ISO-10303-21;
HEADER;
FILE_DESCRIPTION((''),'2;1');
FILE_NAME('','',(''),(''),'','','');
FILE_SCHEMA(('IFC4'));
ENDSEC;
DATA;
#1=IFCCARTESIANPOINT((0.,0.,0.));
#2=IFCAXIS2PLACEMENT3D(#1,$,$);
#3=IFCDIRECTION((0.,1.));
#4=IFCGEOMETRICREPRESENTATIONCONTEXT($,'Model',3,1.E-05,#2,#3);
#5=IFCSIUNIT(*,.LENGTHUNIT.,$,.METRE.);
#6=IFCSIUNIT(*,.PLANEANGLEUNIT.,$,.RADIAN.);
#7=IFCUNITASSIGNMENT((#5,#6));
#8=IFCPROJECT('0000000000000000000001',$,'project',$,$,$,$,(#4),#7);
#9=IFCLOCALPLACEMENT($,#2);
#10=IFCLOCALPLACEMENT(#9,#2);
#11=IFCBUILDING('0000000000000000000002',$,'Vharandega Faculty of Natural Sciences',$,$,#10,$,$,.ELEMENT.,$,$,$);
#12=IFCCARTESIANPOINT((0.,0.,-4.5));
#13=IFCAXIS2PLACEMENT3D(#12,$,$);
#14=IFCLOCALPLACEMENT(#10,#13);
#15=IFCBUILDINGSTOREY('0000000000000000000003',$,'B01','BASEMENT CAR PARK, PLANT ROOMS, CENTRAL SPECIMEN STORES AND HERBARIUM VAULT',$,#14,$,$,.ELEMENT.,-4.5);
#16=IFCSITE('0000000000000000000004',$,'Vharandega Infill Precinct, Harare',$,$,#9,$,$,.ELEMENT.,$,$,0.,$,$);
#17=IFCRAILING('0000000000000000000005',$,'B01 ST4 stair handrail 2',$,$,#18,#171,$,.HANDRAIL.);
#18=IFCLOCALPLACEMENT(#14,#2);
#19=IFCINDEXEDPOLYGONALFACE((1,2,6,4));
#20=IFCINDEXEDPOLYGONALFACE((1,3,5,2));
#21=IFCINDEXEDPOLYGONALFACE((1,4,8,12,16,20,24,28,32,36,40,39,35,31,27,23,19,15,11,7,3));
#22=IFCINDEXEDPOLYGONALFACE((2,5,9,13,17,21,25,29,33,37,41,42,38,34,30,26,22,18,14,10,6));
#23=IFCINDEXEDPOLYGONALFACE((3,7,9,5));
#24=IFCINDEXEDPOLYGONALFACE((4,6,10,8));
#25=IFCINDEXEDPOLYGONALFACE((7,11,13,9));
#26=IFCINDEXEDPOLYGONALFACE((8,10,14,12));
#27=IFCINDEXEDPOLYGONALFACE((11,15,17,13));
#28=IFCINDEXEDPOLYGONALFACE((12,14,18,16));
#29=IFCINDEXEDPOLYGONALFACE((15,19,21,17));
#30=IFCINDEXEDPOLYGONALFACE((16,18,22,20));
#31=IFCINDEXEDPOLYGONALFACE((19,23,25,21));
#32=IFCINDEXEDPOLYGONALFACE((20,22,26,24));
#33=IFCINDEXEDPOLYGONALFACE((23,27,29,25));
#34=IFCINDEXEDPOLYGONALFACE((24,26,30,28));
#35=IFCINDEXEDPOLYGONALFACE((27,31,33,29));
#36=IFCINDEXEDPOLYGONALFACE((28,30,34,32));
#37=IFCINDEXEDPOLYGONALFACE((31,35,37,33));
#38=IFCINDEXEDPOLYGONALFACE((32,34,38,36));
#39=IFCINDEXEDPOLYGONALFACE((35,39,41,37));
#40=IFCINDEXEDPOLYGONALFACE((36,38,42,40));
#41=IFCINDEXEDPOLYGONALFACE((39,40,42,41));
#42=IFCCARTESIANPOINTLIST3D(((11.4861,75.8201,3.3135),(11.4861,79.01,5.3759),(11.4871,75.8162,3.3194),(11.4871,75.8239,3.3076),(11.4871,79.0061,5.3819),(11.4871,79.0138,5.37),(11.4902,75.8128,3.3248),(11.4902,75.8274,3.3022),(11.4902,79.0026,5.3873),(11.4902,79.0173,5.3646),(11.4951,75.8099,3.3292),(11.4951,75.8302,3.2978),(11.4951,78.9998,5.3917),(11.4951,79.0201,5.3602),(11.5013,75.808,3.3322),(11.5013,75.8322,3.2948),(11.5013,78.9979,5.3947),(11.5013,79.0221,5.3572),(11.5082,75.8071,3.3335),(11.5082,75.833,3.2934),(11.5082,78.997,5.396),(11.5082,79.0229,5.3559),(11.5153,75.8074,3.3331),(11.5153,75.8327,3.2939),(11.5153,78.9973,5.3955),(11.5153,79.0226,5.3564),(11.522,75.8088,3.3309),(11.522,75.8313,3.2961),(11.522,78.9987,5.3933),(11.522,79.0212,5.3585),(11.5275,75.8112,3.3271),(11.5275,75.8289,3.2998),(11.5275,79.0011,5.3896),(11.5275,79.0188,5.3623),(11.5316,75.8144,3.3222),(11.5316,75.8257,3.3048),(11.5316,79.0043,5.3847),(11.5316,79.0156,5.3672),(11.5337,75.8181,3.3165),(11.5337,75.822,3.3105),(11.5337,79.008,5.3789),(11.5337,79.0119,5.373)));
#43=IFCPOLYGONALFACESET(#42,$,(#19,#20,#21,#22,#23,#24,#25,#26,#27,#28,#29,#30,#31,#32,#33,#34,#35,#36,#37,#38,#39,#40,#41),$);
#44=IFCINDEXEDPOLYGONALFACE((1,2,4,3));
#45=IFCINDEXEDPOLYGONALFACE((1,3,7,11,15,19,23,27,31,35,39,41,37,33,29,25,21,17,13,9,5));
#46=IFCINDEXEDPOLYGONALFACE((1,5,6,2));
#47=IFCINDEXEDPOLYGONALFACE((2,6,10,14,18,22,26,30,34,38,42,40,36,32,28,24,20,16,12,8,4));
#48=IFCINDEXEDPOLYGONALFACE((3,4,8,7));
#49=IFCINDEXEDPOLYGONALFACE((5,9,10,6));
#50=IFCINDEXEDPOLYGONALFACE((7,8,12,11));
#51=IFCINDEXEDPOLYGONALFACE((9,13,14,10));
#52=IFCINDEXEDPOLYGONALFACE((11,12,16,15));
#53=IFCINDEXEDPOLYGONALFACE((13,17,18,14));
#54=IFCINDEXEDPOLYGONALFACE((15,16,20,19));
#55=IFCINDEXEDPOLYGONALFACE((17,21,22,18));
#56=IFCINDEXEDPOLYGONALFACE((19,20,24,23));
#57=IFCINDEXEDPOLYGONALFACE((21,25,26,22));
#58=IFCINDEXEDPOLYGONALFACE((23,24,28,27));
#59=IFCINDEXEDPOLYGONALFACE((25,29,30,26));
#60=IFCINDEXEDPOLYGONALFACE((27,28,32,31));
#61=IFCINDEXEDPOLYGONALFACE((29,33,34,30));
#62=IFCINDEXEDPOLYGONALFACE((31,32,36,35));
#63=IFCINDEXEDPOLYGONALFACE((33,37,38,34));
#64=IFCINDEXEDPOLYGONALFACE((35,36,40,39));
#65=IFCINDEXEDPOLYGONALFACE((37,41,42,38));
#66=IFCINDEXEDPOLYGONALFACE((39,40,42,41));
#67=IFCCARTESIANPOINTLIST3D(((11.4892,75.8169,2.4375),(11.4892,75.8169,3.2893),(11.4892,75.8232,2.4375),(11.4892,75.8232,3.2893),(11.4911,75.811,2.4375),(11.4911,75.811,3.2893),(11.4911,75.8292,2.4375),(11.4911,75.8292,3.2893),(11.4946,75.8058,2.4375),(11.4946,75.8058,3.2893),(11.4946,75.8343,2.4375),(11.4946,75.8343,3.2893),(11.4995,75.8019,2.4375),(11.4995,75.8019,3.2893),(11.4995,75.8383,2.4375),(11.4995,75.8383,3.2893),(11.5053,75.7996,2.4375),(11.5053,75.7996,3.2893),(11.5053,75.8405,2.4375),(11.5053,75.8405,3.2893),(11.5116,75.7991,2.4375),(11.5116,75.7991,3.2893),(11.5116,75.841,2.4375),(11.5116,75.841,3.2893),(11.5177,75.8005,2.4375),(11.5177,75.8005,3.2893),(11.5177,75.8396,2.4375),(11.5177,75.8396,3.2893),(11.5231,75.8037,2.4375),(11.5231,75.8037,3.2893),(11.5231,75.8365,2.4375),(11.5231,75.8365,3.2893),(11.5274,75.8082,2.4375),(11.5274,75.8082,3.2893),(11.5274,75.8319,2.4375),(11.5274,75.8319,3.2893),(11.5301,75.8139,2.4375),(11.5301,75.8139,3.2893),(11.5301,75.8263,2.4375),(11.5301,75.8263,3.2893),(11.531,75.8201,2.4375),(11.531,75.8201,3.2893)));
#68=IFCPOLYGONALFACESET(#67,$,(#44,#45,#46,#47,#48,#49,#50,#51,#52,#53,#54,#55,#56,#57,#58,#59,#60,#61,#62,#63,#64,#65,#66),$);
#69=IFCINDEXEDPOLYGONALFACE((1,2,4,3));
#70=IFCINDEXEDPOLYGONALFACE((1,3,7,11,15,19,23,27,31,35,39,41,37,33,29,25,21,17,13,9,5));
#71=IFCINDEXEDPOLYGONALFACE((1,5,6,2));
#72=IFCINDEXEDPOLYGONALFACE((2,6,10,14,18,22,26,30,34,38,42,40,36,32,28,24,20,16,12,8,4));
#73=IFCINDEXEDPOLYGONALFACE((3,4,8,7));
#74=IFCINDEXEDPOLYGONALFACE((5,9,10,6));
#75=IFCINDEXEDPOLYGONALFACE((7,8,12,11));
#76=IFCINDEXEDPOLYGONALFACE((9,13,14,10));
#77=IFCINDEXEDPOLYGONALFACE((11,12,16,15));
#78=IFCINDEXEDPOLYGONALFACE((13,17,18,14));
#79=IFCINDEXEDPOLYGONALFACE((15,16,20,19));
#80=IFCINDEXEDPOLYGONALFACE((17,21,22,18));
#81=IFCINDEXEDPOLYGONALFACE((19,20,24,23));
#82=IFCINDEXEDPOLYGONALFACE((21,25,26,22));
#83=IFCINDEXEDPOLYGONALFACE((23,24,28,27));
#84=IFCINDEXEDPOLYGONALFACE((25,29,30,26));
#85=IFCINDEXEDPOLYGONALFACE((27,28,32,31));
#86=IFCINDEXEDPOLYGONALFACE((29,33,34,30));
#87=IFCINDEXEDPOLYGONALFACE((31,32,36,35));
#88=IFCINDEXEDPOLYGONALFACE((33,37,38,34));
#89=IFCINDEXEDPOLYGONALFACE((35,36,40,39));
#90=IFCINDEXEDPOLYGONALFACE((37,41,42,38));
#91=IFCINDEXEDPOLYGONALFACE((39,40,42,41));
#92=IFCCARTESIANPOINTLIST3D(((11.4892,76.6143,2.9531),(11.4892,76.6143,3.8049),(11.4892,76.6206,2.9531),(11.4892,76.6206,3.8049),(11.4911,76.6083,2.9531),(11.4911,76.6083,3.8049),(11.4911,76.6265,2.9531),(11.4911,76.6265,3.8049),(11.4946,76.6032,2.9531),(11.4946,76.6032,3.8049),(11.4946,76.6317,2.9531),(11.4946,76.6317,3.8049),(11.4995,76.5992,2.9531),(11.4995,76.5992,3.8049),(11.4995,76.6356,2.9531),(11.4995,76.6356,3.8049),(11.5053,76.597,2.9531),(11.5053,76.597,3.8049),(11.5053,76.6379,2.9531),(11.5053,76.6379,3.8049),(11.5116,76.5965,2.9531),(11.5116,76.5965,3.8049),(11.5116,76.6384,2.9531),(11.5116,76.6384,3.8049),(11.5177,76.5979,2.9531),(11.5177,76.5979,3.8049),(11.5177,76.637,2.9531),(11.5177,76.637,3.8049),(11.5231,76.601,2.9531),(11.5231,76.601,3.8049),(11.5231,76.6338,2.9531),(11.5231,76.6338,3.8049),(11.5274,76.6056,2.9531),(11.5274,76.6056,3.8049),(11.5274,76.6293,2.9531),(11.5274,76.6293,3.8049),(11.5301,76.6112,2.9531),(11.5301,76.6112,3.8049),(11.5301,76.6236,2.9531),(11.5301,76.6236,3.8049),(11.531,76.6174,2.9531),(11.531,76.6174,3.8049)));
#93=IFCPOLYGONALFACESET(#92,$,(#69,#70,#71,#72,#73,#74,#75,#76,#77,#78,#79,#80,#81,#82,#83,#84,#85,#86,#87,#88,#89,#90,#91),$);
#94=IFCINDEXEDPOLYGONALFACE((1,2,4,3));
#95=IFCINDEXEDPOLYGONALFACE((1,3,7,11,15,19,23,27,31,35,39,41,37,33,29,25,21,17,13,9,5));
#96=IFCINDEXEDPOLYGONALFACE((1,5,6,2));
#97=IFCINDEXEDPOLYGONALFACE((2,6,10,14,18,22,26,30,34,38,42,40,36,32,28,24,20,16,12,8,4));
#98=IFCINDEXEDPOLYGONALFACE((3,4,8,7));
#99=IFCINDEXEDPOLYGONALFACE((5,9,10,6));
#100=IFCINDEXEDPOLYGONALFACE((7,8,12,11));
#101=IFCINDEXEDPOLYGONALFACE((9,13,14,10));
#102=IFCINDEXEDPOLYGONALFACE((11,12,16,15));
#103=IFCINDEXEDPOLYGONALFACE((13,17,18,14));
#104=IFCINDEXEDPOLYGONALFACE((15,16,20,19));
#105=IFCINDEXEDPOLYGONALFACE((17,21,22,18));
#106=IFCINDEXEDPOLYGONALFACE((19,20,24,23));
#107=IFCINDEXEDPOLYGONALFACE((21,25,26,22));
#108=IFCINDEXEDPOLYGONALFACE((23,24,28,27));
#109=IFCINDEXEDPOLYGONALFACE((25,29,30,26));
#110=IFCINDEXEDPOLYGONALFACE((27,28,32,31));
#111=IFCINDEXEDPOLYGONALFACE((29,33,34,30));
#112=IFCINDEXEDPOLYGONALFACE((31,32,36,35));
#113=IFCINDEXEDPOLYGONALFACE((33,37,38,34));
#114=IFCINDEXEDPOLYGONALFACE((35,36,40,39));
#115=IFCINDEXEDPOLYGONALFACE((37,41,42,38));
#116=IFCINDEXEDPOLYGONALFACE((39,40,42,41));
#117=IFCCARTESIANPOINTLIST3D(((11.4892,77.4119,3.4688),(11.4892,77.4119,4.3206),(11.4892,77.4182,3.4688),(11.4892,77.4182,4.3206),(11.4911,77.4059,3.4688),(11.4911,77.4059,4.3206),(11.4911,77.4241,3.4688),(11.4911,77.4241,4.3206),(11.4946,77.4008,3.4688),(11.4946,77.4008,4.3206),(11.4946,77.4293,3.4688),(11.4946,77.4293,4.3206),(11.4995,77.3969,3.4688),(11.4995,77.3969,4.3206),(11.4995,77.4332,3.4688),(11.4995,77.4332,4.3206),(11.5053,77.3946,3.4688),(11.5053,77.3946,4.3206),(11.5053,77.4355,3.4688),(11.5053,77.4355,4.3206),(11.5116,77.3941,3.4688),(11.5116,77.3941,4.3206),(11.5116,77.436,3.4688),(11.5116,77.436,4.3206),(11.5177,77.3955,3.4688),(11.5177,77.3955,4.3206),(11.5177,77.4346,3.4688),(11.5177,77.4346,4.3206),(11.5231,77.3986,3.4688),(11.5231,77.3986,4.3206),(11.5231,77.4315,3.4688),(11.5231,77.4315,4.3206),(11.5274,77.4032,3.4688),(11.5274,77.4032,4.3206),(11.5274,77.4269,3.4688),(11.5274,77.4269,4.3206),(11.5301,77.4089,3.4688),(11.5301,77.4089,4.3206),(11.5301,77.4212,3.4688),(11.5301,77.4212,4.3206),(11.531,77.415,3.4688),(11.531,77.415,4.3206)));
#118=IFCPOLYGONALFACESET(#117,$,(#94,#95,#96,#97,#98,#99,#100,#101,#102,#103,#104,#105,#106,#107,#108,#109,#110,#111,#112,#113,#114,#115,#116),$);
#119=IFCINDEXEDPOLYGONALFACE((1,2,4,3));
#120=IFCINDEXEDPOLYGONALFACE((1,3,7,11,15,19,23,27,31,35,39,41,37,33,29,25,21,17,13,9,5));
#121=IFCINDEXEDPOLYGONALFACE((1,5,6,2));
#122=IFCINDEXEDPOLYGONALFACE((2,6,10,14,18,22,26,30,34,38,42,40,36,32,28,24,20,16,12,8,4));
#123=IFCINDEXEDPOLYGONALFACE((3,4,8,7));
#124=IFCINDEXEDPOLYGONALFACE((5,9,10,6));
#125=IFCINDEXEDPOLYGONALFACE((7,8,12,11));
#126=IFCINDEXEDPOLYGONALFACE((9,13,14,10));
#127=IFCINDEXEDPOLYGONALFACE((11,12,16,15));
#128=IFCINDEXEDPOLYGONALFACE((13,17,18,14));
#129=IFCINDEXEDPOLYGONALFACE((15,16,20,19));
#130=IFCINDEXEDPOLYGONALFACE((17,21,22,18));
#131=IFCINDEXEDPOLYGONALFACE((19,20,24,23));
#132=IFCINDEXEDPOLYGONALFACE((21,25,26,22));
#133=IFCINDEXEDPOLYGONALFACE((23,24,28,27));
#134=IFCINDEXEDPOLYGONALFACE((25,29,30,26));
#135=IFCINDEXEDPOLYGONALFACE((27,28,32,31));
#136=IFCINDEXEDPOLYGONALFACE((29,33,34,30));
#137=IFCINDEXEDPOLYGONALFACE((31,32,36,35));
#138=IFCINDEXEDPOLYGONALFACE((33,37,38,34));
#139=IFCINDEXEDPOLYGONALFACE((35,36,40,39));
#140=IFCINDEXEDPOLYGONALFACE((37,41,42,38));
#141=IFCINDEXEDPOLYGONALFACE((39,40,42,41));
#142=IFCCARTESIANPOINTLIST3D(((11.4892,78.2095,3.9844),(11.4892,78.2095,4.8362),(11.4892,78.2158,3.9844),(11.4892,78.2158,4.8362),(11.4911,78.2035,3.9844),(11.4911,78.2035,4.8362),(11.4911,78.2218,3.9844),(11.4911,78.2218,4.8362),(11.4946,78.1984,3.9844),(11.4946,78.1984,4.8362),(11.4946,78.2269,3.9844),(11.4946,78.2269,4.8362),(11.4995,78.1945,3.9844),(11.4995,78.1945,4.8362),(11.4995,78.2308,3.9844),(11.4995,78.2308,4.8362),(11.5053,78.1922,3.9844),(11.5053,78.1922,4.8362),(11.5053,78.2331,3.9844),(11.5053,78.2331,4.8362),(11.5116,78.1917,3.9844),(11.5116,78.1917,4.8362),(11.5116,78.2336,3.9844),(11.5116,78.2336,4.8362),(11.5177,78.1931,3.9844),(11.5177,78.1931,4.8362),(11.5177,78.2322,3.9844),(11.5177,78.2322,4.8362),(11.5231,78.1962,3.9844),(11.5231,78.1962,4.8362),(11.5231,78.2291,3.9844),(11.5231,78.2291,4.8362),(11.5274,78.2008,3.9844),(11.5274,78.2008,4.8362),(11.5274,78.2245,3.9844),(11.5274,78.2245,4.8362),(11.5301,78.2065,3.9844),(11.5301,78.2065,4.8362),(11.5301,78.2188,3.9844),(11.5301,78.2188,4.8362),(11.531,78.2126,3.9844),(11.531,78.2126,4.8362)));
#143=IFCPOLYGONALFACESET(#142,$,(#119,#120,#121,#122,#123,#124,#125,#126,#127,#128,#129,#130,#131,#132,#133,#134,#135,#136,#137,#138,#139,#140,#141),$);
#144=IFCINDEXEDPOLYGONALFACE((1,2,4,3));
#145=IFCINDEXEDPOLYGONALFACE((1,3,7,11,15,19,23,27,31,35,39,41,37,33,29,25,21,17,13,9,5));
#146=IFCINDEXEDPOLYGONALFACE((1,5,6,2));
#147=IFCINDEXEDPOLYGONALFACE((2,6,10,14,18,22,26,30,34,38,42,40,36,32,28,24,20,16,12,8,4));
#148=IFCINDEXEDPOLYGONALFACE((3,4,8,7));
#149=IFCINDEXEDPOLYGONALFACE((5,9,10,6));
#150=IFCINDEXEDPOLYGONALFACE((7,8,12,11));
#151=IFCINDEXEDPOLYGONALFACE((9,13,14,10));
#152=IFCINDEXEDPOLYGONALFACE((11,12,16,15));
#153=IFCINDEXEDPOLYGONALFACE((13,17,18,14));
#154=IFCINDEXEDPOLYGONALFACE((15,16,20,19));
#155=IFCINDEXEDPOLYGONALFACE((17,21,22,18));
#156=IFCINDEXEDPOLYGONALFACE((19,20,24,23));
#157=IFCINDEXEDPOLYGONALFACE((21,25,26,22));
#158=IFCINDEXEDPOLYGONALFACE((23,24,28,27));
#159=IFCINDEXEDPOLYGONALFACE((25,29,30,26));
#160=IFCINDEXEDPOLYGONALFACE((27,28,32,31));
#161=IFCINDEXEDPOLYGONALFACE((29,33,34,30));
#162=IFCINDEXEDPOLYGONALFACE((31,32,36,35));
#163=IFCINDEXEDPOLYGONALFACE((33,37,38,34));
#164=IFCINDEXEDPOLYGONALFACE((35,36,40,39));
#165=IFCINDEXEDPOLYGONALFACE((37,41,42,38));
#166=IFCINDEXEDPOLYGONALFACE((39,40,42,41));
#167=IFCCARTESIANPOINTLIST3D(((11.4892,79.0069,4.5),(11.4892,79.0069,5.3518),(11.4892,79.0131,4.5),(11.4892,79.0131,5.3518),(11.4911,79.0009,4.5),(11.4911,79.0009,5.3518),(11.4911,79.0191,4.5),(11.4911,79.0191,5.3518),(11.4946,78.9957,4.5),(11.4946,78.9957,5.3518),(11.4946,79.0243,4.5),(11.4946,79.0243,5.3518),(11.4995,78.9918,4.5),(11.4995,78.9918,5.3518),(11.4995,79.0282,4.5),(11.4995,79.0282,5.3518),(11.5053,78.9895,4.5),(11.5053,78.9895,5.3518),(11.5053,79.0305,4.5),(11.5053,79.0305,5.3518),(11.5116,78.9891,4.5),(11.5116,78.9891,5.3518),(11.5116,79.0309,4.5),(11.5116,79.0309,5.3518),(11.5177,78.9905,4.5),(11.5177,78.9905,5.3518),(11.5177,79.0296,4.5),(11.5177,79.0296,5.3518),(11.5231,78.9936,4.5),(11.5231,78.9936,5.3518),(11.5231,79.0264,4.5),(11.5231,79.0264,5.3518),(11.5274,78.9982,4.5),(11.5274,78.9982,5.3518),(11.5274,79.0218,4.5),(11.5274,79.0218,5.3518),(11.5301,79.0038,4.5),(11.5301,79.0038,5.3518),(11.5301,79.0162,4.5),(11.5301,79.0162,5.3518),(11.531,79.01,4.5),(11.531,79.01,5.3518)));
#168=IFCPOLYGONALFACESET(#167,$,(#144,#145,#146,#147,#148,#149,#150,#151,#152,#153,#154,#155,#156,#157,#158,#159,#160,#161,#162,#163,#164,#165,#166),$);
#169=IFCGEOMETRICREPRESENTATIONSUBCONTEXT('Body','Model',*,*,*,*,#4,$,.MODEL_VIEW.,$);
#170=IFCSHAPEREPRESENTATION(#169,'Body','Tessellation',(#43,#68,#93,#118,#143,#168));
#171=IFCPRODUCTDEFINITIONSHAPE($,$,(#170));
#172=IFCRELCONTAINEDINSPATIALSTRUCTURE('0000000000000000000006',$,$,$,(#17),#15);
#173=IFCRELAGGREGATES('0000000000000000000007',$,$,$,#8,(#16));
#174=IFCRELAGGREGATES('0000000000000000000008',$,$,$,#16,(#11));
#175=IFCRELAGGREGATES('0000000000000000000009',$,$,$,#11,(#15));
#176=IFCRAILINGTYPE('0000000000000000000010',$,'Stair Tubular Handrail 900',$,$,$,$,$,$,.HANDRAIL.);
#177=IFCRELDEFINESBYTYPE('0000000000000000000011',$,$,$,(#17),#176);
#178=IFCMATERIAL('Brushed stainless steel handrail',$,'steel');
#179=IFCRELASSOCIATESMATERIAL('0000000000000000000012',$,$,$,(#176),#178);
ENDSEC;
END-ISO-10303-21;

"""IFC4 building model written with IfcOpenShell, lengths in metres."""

from ifc_helpers import new_model, si_unit, direction, frame, origin, origin_2d, place, context, subcontext, project, spatial, circle, extrude, material, type_object, element, save


model = new_model("IFC4")

# Units and contexts
model_context = context("Model", 3, precision=1e-05, world=origin(), true_north=direction((0.0, 1.0)))
body_context = subcontext(model_context, "Body", "Model", "MODEL_VIEW")
ifc_project = project(units=[si_unit("LENGTHUNIT", "METRE"), si_unit("PLANEANGLEUNIT", "RADIAN")], contexts=[model_context])

# Site, building, storey
site_placement = place(None, origin())
site = spatial("IfcSite", under=ifc_project, at=site_placement, Name="Vharandega Infill Precinct, Harare", CompositionType="ELEMENT", RefElevation=0.0)
building_placement = place(site_placement, origin())
building = spatial("IfcBuilding", under=site, at=building_placement, Name="Vharandega Faculty of Natural Sciences", CompositionType="ELEMENT")
storey_placement = place(building_placement, frame((0.0, 0.0, -4.5)))
storey = spatial("IfcBuildingStorey", under=building, at=storey_placement, Name="B01", Description="BASEMENT CAR PARK, PLANT ROOMS, CENTRAL SPECIMEN STORES AND HERBARIUM VAULT", CompositionType="ELEMENT", Elevation=-4.5)

# Railing
ifc_material_1 = material(Name="Brushed stainless steel handrail", Category="steel")
railing_type_1 = type_object("IfcRailingType", Name="Stair Tubular Handrail 900", PredefinedType="HANDRAIL", material=ifc_material_1)
railing_1_placement = place(storey_placement, frame((11.51, 75.8201, 2.4375)))
element("IfcRailing", 1, at=railing_1_placement, inside=storey, type_object=railing_type_1, Name="B01 ST4 stair handrail 2", PredefinedType="HANDRAIL", context=body_context, shape_type="SweptSolid", body=[
    extrude(circle(Radius=0.0239, at=origin_2d()), frame((0.0, 0.0, 0.876), z_axis=(0.0, 0.83976, 0.542958), x_axis=(-1.0, 0.0, 0.0)), (0.0, 0.0, 1.0), 3.7986),
    extrude(circle(Radius=0.021, at=origin_2d()), origin(), (0.0, 0.0, 1.0), 0.8518),
    extrude(circle(Radius=0.021, at=origin_2d()), frame((0.0, 0.7974, 0.5156)), (0.0, 0.0, 1.0), 0.8518),
    extrude(circle(Radius=0.021, at=origin_2d()), frame((0.0, 1.595, 1.0312)), (0.0, 0.0, 1.0), 0.8518),
    extrude(circle(Radius=0.021, at=origin_2d()), frame((0.0, 2.3926, 1.5469)), (0.0, 0.0, 1.0), 0.8518),
    extrude(circle(Radius=0.021, at=origin_2d()), frame((0.0, 3.1899, 2.0625)), (0.0, 0.0, 1.0), 0.8518),
])

save(model, "model.ifc")
